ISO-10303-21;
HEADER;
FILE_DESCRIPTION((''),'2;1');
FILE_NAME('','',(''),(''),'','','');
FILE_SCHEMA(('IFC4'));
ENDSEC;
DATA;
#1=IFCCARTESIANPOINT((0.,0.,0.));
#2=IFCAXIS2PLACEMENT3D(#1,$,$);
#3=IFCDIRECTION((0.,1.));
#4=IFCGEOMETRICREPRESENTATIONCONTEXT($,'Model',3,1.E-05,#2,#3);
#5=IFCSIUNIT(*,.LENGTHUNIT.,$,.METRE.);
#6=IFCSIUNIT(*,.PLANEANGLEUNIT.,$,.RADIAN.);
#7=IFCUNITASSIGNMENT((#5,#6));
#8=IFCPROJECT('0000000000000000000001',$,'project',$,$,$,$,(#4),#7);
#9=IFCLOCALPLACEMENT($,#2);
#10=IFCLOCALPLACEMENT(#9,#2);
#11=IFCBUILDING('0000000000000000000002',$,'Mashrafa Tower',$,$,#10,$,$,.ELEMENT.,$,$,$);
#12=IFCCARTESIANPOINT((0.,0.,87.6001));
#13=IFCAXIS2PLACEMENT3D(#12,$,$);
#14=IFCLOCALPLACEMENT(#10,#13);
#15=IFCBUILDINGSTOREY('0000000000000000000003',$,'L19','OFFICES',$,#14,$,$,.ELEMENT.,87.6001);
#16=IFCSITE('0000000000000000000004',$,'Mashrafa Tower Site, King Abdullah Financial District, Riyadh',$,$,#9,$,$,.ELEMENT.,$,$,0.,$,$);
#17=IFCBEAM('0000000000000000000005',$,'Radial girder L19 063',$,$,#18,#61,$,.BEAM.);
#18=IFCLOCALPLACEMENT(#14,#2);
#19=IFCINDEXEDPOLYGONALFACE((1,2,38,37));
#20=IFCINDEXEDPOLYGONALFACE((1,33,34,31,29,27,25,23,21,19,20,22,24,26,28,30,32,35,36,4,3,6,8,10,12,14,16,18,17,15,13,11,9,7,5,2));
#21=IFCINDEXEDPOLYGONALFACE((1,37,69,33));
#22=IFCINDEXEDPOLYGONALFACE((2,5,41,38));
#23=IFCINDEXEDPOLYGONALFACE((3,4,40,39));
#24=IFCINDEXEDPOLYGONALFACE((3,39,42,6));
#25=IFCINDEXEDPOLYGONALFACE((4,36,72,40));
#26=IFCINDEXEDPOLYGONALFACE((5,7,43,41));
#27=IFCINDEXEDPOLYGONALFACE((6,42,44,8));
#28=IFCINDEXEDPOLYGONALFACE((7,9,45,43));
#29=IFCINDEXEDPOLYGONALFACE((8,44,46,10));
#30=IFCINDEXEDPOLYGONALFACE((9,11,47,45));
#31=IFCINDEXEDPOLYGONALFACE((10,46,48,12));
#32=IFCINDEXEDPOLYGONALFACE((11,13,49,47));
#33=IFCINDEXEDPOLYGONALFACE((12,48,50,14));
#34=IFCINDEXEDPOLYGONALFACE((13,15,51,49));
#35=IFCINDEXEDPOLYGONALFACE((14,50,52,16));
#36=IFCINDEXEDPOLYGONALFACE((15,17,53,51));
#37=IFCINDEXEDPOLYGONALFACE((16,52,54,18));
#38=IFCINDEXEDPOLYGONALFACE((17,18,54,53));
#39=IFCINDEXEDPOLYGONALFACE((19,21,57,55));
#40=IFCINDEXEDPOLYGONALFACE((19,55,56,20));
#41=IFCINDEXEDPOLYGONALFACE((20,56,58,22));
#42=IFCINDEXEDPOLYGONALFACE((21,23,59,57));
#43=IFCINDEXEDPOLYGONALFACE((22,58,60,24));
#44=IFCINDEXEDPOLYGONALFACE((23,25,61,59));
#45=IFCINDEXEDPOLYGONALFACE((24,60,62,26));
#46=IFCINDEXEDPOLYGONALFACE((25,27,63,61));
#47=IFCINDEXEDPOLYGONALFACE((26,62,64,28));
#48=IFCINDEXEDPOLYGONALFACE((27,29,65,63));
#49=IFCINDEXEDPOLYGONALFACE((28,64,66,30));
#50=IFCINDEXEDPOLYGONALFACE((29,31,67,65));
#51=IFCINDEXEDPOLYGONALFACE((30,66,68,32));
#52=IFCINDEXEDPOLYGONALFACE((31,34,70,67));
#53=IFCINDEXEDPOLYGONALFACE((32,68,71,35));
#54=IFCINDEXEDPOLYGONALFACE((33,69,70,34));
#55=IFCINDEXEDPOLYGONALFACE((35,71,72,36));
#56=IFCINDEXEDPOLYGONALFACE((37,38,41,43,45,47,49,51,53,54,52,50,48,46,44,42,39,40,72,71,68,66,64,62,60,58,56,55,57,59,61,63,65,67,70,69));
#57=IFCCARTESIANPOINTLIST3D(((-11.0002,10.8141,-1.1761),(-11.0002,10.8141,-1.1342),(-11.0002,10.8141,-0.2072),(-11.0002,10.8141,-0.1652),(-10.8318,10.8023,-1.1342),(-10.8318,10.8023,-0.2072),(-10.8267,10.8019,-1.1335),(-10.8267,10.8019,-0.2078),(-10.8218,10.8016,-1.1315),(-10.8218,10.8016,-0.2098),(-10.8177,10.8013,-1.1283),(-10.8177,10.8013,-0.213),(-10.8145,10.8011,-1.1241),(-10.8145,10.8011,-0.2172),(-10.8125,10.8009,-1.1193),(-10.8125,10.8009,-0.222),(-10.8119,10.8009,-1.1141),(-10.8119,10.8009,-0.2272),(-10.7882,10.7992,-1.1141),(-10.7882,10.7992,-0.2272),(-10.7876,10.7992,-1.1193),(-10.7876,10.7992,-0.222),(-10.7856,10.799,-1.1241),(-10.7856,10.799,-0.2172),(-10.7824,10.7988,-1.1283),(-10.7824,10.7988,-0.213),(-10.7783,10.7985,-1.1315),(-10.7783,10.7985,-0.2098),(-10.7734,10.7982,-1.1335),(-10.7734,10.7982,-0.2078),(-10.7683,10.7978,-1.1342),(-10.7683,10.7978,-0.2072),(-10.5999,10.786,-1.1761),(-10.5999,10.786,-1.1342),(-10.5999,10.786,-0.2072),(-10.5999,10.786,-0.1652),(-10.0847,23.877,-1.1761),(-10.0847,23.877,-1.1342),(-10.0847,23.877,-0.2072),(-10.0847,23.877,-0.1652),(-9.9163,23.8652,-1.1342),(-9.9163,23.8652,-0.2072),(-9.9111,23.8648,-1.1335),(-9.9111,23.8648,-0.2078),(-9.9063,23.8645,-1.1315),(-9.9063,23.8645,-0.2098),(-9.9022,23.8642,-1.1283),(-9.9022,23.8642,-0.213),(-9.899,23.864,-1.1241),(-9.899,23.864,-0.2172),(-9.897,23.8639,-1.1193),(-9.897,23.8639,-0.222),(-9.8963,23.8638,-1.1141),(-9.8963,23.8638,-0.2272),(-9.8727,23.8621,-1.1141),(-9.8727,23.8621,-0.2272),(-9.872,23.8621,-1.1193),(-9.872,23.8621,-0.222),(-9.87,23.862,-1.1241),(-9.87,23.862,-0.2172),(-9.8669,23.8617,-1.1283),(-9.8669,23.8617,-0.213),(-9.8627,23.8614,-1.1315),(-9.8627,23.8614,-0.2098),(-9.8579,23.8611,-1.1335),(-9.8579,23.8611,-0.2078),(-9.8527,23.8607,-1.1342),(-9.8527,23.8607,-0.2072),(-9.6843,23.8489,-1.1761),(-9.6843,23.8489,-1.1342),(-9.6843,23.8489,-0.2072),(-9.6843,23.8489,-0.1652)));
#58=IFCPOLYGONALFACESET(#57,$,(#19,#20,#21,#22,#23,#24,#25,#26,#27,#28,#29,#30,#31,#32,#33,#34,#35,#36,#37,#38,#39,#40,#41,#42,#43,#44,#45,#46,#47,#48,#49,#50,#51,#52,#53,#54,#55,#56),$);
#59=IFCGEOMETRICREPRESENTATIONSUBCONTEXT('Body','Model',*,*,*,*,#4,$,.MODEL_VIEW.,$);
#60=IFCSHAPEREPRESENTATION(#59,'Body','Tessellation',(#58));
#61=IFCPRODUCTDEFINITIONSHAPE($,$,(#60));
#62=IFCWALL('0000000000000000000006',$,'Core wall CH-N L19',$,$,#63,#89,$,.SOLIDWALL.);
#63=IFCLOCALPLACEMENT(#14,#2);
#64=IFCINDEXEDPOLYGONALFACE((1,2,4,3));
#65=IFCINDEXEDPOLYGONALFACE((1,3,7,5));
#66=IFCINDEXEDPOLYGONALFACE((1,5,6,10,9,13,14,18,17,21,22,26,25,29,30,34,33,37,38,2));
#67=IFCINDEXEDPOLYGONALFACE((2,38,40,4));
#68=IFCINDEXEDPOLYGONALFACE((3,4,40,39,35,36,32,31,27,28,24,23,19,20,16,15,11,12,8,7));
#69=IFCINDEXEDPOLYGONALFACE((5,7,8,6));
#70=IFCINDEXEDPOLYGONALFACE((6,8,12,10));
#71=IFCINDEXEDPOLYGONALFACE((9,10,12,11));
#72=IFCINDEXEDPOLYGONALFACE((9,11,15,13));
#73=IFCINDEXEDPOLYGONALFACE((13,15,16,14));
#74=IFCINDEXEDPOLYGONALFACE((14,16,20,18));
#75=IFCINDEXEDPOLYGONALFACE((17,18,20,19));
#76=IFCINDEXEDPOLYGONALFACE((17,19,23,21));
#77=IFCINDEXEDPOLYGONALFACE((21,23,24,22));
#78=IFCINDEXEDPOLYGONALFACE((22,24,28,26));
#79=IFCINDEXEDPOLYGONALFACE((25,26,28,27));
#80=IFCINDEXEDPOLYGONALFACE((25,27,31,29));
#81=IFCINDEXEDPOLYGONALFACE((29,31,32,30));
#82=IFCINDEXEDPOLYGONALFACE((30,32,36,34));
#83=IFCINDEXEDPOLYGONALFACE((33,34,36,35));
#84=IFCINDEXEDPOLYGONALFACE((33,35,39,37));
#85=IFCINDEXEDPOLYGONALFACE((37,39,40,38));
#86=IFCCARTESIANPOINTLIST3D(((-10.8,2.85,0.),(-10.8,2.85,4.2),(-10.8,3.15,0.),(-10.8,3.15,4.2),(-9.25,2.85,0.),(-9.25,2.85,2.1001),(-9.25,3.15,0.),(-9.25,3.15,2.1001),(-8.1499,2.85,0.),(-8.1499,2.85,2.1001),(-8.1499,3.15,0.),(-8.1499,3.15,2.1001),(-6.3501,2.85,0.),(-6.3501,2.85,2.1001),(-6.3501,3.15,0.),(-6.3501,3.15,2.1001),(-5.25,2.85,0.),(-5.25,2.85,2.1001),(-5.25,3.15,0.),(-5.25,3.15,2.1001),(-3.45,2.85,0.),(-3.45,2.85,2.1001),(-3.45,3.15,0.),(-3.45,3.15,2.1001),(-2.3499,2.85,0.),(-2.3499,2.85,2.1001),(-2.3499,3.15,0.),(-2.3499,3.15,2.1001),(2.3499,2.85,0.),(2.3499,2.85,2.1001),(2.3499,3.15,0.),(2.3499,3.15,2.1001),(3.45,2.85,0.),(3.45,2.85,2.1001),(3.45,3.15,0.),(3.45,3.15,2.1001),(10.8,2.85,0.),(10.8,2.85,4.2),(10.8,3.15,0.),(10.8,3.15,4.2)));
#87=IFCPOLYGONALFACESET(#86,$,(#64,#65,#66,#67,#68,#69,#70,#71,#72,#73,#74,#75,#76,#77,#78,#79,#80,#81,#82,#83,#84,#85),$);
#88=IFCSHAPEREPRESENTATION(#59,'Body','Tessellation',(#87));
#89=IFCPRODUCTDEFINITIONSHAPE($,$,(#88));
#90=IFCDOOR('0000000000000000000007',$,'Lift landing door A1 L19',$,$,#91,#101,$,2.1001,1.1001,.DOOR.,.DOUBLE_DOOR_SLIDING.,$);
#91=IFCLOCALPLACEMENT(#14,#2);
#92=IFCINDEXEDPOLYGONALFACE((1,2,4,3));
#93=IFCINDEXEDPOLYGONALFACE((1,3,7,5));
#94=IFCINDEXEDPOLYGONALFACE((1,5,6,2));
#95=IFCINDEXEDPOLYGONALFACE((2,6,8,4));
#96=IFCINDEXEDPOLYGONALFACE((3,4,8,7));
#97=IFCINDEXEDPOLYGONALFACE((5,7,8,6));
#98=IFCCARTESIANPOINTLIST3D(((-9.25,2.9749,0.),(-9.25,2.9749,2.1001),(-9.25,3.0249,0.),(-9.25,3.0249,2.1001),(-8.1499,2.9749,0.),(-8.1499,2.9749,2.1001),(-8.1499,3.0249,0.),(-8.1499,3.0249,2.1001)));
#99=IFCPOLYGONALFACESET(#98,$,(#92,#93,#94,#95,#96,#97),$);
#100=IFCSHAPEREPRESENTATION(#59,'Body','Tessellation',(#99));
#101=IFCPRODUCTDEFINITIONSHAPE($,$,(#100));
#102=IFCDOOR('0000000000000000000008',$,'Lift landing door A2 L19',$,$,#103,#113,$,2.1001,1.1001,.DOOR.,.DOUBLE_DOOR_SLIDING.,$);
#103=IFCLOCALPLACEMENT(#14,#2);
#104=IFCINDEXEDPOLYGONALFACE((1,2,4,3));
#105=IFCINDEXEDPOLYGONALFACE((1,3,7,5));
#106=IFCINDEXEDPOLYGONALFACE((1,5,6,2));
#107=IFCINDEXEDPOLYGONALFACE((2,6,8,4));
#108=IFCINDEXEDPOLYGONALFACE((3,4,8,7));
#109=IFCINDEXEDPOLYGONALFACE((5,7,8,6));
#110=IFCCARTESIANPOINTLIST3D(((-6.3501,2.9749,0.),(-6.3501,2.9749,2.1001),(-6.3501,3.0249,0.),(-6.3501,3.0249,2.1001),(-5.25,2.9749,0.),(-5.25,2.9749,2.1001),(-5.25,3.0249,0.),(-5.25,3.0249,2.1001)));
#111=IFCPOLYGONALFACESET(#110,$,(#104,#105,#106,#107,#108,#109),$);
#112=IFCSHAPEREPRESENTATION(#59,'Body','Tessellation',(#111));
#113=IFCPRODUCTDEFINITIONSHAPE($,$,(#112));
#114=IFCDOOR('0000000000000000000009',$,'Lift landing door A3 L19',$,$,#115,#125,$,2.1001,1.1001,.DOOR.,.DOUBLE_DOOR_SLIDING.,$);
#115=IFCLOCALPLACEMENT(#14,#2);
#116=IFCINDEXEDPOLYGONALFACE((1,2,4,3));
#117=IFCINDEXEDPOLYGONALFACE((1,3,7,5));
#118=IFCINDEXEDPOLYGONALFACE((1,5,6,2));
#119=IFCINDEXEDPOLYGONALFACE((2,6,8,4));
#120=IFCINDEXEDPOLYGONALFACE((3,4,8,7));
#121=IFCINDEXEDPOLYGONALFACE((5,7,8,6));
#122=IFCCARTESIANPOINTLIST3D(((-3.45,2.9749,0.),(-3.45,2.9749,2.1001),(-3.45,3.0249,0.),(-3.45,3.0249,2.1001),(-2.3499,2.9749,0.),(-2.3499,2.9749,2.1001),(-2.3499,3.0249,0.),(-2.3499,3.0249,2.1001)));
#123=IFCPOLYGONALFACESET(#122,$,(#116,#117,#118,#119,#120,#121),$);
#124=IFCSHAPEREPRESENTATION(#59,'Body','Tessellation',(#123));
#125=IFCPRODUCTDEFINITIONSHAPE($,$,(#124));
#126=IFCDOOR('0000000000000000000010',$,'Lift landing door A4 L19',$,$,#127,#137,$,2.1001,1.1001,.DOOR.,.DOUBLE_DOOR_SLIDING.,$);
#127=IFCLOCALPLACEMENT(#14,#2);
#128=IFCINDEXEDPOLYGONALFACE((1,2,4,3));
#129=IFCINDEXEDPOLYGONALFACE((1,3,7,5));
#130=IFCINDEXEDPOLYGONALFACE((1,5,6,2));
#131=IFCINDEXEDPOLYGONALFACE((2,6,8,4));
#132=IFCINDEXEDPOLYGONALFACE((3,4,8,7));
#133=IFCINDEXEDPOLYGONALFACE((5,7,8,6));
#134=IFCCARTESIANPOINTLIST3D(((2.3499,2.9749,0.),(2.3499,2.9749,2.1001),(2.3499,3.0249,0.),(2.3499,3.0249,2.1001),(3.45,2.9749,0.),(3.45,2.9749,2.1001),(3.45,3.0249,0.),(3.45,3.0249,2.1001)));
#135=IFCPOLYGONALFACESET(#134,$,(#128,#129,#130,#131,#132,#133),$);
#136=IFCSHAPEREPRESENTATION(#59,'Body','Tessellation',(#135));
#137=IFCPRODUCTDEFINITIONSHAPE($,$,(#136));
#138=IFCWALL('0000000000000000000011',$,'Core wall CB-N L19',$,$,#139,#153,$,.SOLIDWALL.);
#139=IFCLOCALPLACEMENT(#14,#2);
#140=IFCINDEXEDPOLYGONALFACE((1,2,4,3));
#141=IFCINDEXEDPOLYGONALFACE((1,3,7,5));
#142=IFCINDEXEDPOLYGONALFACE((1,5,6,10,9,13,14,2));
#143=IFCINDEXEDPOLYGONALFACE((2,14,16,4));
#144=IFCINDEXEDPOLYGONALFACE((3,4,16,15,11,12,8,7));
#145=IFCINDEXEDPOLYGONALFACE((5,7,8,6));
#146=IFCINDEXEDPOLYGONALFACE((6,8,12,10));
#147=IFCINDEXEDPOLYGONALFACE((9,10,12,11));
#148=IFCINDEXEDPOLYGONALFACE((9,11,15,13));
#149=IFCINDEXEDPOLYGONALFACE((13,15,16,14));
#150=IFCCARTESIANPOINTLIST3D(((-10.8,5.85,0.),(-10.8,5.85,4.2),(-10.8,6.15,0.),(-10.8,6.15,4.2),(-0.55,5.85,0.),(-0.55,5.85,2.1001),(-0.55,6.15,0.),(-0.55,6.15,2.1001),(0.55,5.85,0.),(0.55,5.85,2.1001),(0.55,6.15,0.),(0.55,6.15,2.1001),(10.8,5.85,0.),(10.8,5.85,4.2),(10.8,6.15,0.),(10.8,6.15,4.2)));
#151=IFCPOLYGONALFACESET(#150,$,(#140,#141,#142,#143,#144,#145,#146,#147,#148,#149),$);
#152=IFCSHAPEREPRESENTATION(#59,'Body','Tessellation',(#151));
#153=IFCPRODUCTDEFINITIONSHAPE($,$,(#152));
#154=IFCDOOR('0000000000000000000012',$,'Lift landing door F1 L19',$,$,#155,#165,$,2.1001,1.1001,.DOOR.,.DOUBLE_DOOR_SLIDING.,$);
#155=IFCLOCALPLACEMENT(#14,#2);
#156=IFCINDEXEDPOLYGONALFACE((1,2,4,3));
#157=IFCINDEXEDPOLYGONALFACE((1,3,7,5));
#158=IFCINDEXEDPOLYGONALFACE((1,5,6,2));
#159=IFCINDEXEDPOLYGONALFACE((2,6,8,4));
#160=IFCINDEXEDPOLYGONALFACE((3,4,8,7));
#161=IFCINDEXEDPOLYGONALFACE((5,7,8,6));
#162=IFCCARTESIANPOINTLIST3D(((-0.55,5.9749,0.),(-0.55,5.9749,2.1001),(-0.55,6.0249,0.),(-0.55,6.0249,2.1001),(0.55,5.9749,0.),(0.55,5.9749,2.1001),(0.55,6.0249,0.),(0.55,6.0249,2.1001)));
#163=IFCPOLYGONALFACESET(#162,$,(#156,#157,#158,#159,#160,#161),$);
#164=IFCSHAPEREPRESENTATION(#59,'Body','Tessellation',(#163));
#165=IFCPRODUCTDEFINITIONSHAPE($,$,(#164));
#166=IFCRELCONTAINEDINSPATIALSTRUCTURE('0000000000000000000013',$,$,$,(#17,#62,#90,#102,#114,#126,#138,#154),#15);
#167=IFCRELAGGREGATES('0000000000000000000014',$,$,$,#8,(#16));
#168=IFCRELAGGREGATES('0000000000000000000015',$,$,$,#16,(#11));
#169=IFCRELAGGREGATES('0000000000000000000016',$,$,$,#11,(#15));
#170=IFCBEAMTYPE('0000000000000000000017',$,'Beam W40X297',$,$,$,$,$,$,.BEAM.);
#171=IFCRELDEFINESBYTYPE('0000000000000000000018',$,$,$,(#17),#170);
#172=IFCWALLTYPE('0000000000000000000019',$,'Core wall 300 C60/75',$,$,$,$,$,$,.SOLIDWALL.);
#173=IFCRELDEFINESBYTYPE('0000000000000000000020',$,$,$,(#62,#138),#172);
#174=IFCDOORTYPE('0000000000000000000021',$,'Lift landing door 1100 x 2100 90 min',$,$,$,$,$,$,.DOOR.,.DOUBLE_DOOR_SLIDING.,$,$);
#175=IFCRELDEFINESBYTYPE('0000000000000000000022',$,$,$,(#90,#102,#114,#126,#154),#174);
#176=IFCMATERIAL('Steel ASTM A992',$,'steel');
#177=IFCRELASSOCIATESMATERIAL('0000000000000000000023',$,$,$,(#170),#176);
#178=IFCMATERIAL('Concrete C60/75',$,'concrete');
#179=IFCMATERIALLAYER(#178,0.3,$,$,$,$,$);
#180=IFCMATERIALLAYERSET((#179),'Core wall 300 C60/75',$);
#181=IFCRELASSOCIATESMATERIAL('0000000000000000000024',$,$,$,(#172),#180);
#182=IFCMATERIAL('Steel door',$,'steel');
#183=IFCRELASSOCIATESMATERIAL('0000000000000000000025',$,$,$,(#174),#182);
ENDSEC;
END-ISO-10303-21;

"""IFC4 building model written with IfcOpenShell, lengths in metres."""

from ifc_helpers import new_model, si_unit, direction, frame, frame_2d, origin, origin_2d, place, context, subcontext, project, spatial, rectangle, i_section, extrude, material, layer, layer_set, material_profile, profile_set, type_object, element, fill, save


model = new_model("IFC4")

# Units and contexts
model_context = context("Model", 3, precision=1e-05, world=origin(), true_north=direction((0.0, 1.0)))
body_context = subcontext(model_context, "Body", "Model", "MODEL_VIEW")
ifc_project = project(units=[si_unit("LENGTHUNIT", "METRE"), si_unit("PLANEANGLEUNIT", "RADIAN")], contexts=[model_context])

# Site, building, storey
site_placement = place(None, origin())
site = spatial("IfcSite", under=ifc_project, at=site_placement, Name="Mashrafa Tower Site, King Abdullah Financial District, Riyadh", CompositionType="ELEMENT", RefElevation=0.0)
building_placement = place(site_placement, origin())
building = spatial("IfcBuilding", under=site, at=building_placement, Name="Mashrafa Tower", CompositionType="ELEMENT")
storey_placement = place(building_placement, frame((0.0, 0.0, 87.6001)))
storey = spatial("IfcBuildingStorey", under=building, at=storey_placement, Name="L19", Description="OFFICES", CompositionType="ELEMENT", Elevation=87.6001)

# Beam
ifc_material_1 = material(Name="Steel ASTM A992", Category="steel")
ifc_material_profile_1 = material_profile(ifc_material_1, i_section(OverallWidth=0.4014, OverallDepth=1.011, WebThickness=0.0237, FlangeThickness=0.042, FilletRadius=0.02, at=origin_2d()), Name="W40X297")
ifc_profile_set_1 = profile_set([ifc_material_profile_1], Name="Steel ASTM A992")
beam_type_1 = type_object("IfcBeamType", Name="Beam W40X297", PredefinedType="BEAM", material=ifc_profile_set_1)
for number, where, z_axis, x_axis, name in (
    (1, (-10.8, 10.8, -0.6707), (0.069914, 0.997553, 0.0), (-0.997553, 0.069914, 0.0), "Radial girder L19 063"),
):
    element("IfcBeam", number, at=place(storey_placement, frame(where, z_axis=z_axis, x_axis=x_axis)), inside=storey, type_object=beam_type_1, Name=name, PredefinedType="BEAM", context=body_context, shape_type="SweptSolid", body=[
        extrude(i_section(OverallWidth=0.4014, OverallDepth=1.011, WebThickness=0.0237, FlangeThickness=0.042, FilletRadius=0.02, at=origin_2d()), origin(), (0.0, 0.0, 1.0), 13.095),
    ])

# Wall, openings, doors
ifc_material_2 = material(Name="Concrete C60/75", Category="concrete")
ifc_layer_1 = layer(ifc_material_2, 0.3)
ifc_layer_set_1 = layer_set([ifc_layer_1], Name="Core wall 300 C60/75")
wall_type_1 = type_object("IfcWallType", Name="Core wall 300 C60/75", PredefinedType="SOLIDWALL", material=ifc_layer_set_1)
wall_1_placement = place(storey_placement, frame((-10.8, 3.0, 0.0), z_axis=(0.0, 0.0, 1.0), x_axis=(1.0, 0.0, 0.0)))
wall_1 = element("IfcWall", 2, at=wall_1_placement, inside=storey, type_object=wall_type_1, Name="Core wall CH-N L19", PredefinedType="SOLIDWALL", context=body_context, shape_type="SweptSolid", body=[
    extrude(rectangle(XDim=21.6001, YDim=0.3, at=frame_2d((10.8, 0.0))), origin(), (0.0, 0.0, 1.0), 4.2),
])
opening_1_placement = place(wall_1_placement, frame((1.55, 0.0, 0.0)))
opening_1 = element("IfcOpeningElement", 3, at=opening_1_placement, cuts=wall_1, PredefinedType="OPENING", context=body_context, shape_type="SweptSolid", body=[
    extrude(rectangle(XDim=1.1001, YDim=2.1001, at=frame_2d((0.55, 1.05))), frame((0.0, 0.1599, 0.0), z_axis=(0.0, -1.0, 0.0), x_axis=(1.0, 0.0, 0.0)), (0.0, 0.0, 1.0), 0.3201),
])
opening_2_placement = place(wall_1_placement, frame((4.45, 0.0, 0.0)))
opening_2 = element("IfcOpeningElement", 4, at=opening_2_placement, cuts=wall_1, PredefinedType="OPENING", context=body_context, shape_type="SweptSolid", body=[
    extrude(rectangle(XDim=1.1001, YDim=2.1001, at=frame_2d((0.55, 1.05))), frame((0.0, 0.1599, 0.0), z_axis=(0.0, -1.0, 0.0), x_axis=(1.0, 0.0, 0.0)), (0.0, 0.0, 1.0), 0.3201),
])
opening_3_placement = place(wall_1_placement, frame((7.3501, 0.0, 0.0)))
opening_3 = element("IfcOpeningElement", 5, at=opening_3_placement, cuts=wall_1, PredefinedType="OPENING", context=body_context, shape_type="SweptSolid", body=[
    extrude(rectangle(XDim=1.1001, YDim=2.1001, at=frame_2d((0.55, 1.05))), frame((0.0, 0.1599, 0.0), z_axis=(0.0, -1.0, 0.0), x_axis=(1.0, 0.0, 0.0)), (0.0, 0.0, 1.0), 0.3201),
])
opening_4_placement = place(wall_1_placement, frame((13.1499, 0.0, 0.0)))
opening_4 = element("IfcOpeningElement", 6, at=opening_4_placement, cuts=wall_1, PredefinedType="OPENING", context=body_context, shape_type="SweptSolid", body=[
    extrude(rectangle(XDim=1.1001, YDim=2.1001, at=frame_2d((0.55, 1.05))), frame((0.0, 0.1599, 0.0), z_axis=(0.0, -1.0, 0.0), x_axis=(1.0, 0.0, 0.0)), (0.0, 0.0, 1.0), 0.3201),
])
ifc_material_3 = material(Name="Steel door", Category="steel")
door_type_1 = type_object("IfcDoorType", Name="Lift landing door 1100 x 2100 90 min", OperationType="DOUBLE_DOOR_SLIDING", PredefinedType="DOOR", material=ifc_material_3)
door_1_placement = place(opening_1_placement, origin())
door_1 = element("IfcDoor", 7, at=door_1_placement, inside=storey, type_object=door_type_1, Name="Lift landing door A1 L19", OperationType="DOUBLE_DOOR_SLIDING", OverallHeight=2.1001, OverallWidth=1.1001, PredefinedType="DOOR", context=body_context, shape_type="SweptSolid", body=[
    extrude(rectangle(XDim=1.1001, YDim=2.1001, at=frame_2d((0.55, 1.05))), frame((0.0, 0.0249, 0.0), z_axis=(0.0, -1.0, 0.0), x_axis=(1.0, 0.0, 0.0)), (0.0, 0.0, 1.0), 0.05),
])
fill(opening_1, door_1)
door_2_placement = place(opening_2_placement, origin())
door_2 = element("IfcDoor", 8, at=door_2_placement, inside=storey, type_object=door_type_1, Name="Lift landing door A2 L19", OperationType="DOUBLE_DOOR_SLIDING", OverallHeight=2.1001, OverallWidth=1.1001, PredefinedType="DOOR", context=body_context, shape_type="SweptSolid", body=[
    extrude(rectangle(XDim=1.1001, YDim=2.1001, at=frame_2d((0.55, 1.05))), frame((0.0, 0.0249, 0.0), z_axis=(0.0, -1.0, 0.0), x_axis=(1.0, 0.0, 0.0)), (0.0, 0.0, 1.0), 0.05),
])
fill(opening_2, door_2)
door_3_placement = place(opening_3_placement, origin())
door_3 = element("IfcDoor", 9, at=door_3_placement, inside=storey, type_object=door_type_1, Name="Lift landing door A3 L19", OperationType="DOUBLE_DOOR_SLIDING", OverallHeight=2.1001, OverallWidth=1.1001, PredefinedType="DOOR", context=body_context, shape_type="SweptSolid", body=[
    extrude(rectangle(XDim=1.1001, YDim=2.1001, at=frame_2d((0.55, 1.05))), frame((0.0, 0.0249, 0.0), z_axis=(0.0, -1.0, 0.0), x_axis=(1.0, 0.0, 0.0)), (0.0, 0.0, 1.0), 0.05),
])
fill(opening_3, door_3)
door_4_placement = place(opening_4_placement, origin())
door_4 = element("IfcDoor", 10, at=door_4_placement, inside=storey, type_object=door_type_1, Name="Lift landing door A4 L19", OperationType="DOUBLE_DOOR_SLIDING", OverallHeight=2.1001, OverallWidth=1.1001, PredefinedType="DOOR", context=body_context, shape_type="SweptSolid", body=[
    extrude(rectangle(XDim=1.1001, YDim=2.1001, at=frame_2d((0.55, 1.05))), frame((0.0, 0.0249, 0.0), z_axis=(0.0, -1.0, 0.0), x_axis=(1.0, 0.0, 0.0)), (0.0, 0.0, 1.0), 0.05),
])
fill(opening_4, door_4)

# Wall, opening, door
wall_2_placement = place(storey_placement, frame((-10.8, 6.0, 0.0), z_axis=(0.0, 0.0, 1.0), x_axis=(1.0, 0.0, 0.0)))
wall_2 = element("IfcWall", 11, at=wall_2_placement, inside=storey, type_object=wall_type_1, Name="Core wall CB-N L19", PredefinedType="SOLIDWALL", context=body_context, shape_type="SweptSolid", body=[
    extrude(rectangle(XDim=21.6001, YDim=0.3, at=frame_2d((10.8, 0.0))), origin(), (0.0, 0.0, 1.0), 4.2),
])
opening_5_placement = place(wall_2_placement, frame((10.25, 0.0, 0.0)))
opening_5 = element("IfcOpeningElement", 12, at=opening_5_placement, cuts=wall_2, PredefinedType="OPENING", context=body_context, shape_type="SweptSolid", body=[
    extrude(rectangle(XDim=1.1001, YDim=2.1001, at=frame_2d((0.55, 1.05))), frame((0.0, 0.1599, 0.0), z_axis=(0.0, -1.0, 0.0), x_axis=(1.0, 0.0, 0.0)), (0.0, 0.0, 1.0), 0.3201),
])
door_5_placement = place(opening_5_placement, origin())
door_5 = element("IfcDoor", 13, at=door_5_placement, inside=storey, type_object=door_type_1, Name="Lift landing door F1 L19", OperationType="DOUBLE_DOOR_SLIDING", OverallHeight=2.1001, OverallWidth=1.1001, PredefinedType="DOOR", context=body_context, shape_type="SweptSolid", body=[
    extrude(rectangle(XDim=1.1001, YDim=2.1001, at=frame_2d((0.55, 1.05))), frame((0.0, 0.0249, 0.0), z_axis=(0.0, -1.0, 0.0), x_axis=(1.0, 0.0, 0.0)), (0.0, 0.0, 1.0), 0.05),
])
fill(opening_5, door_5)

save(model, "model.ifc")
